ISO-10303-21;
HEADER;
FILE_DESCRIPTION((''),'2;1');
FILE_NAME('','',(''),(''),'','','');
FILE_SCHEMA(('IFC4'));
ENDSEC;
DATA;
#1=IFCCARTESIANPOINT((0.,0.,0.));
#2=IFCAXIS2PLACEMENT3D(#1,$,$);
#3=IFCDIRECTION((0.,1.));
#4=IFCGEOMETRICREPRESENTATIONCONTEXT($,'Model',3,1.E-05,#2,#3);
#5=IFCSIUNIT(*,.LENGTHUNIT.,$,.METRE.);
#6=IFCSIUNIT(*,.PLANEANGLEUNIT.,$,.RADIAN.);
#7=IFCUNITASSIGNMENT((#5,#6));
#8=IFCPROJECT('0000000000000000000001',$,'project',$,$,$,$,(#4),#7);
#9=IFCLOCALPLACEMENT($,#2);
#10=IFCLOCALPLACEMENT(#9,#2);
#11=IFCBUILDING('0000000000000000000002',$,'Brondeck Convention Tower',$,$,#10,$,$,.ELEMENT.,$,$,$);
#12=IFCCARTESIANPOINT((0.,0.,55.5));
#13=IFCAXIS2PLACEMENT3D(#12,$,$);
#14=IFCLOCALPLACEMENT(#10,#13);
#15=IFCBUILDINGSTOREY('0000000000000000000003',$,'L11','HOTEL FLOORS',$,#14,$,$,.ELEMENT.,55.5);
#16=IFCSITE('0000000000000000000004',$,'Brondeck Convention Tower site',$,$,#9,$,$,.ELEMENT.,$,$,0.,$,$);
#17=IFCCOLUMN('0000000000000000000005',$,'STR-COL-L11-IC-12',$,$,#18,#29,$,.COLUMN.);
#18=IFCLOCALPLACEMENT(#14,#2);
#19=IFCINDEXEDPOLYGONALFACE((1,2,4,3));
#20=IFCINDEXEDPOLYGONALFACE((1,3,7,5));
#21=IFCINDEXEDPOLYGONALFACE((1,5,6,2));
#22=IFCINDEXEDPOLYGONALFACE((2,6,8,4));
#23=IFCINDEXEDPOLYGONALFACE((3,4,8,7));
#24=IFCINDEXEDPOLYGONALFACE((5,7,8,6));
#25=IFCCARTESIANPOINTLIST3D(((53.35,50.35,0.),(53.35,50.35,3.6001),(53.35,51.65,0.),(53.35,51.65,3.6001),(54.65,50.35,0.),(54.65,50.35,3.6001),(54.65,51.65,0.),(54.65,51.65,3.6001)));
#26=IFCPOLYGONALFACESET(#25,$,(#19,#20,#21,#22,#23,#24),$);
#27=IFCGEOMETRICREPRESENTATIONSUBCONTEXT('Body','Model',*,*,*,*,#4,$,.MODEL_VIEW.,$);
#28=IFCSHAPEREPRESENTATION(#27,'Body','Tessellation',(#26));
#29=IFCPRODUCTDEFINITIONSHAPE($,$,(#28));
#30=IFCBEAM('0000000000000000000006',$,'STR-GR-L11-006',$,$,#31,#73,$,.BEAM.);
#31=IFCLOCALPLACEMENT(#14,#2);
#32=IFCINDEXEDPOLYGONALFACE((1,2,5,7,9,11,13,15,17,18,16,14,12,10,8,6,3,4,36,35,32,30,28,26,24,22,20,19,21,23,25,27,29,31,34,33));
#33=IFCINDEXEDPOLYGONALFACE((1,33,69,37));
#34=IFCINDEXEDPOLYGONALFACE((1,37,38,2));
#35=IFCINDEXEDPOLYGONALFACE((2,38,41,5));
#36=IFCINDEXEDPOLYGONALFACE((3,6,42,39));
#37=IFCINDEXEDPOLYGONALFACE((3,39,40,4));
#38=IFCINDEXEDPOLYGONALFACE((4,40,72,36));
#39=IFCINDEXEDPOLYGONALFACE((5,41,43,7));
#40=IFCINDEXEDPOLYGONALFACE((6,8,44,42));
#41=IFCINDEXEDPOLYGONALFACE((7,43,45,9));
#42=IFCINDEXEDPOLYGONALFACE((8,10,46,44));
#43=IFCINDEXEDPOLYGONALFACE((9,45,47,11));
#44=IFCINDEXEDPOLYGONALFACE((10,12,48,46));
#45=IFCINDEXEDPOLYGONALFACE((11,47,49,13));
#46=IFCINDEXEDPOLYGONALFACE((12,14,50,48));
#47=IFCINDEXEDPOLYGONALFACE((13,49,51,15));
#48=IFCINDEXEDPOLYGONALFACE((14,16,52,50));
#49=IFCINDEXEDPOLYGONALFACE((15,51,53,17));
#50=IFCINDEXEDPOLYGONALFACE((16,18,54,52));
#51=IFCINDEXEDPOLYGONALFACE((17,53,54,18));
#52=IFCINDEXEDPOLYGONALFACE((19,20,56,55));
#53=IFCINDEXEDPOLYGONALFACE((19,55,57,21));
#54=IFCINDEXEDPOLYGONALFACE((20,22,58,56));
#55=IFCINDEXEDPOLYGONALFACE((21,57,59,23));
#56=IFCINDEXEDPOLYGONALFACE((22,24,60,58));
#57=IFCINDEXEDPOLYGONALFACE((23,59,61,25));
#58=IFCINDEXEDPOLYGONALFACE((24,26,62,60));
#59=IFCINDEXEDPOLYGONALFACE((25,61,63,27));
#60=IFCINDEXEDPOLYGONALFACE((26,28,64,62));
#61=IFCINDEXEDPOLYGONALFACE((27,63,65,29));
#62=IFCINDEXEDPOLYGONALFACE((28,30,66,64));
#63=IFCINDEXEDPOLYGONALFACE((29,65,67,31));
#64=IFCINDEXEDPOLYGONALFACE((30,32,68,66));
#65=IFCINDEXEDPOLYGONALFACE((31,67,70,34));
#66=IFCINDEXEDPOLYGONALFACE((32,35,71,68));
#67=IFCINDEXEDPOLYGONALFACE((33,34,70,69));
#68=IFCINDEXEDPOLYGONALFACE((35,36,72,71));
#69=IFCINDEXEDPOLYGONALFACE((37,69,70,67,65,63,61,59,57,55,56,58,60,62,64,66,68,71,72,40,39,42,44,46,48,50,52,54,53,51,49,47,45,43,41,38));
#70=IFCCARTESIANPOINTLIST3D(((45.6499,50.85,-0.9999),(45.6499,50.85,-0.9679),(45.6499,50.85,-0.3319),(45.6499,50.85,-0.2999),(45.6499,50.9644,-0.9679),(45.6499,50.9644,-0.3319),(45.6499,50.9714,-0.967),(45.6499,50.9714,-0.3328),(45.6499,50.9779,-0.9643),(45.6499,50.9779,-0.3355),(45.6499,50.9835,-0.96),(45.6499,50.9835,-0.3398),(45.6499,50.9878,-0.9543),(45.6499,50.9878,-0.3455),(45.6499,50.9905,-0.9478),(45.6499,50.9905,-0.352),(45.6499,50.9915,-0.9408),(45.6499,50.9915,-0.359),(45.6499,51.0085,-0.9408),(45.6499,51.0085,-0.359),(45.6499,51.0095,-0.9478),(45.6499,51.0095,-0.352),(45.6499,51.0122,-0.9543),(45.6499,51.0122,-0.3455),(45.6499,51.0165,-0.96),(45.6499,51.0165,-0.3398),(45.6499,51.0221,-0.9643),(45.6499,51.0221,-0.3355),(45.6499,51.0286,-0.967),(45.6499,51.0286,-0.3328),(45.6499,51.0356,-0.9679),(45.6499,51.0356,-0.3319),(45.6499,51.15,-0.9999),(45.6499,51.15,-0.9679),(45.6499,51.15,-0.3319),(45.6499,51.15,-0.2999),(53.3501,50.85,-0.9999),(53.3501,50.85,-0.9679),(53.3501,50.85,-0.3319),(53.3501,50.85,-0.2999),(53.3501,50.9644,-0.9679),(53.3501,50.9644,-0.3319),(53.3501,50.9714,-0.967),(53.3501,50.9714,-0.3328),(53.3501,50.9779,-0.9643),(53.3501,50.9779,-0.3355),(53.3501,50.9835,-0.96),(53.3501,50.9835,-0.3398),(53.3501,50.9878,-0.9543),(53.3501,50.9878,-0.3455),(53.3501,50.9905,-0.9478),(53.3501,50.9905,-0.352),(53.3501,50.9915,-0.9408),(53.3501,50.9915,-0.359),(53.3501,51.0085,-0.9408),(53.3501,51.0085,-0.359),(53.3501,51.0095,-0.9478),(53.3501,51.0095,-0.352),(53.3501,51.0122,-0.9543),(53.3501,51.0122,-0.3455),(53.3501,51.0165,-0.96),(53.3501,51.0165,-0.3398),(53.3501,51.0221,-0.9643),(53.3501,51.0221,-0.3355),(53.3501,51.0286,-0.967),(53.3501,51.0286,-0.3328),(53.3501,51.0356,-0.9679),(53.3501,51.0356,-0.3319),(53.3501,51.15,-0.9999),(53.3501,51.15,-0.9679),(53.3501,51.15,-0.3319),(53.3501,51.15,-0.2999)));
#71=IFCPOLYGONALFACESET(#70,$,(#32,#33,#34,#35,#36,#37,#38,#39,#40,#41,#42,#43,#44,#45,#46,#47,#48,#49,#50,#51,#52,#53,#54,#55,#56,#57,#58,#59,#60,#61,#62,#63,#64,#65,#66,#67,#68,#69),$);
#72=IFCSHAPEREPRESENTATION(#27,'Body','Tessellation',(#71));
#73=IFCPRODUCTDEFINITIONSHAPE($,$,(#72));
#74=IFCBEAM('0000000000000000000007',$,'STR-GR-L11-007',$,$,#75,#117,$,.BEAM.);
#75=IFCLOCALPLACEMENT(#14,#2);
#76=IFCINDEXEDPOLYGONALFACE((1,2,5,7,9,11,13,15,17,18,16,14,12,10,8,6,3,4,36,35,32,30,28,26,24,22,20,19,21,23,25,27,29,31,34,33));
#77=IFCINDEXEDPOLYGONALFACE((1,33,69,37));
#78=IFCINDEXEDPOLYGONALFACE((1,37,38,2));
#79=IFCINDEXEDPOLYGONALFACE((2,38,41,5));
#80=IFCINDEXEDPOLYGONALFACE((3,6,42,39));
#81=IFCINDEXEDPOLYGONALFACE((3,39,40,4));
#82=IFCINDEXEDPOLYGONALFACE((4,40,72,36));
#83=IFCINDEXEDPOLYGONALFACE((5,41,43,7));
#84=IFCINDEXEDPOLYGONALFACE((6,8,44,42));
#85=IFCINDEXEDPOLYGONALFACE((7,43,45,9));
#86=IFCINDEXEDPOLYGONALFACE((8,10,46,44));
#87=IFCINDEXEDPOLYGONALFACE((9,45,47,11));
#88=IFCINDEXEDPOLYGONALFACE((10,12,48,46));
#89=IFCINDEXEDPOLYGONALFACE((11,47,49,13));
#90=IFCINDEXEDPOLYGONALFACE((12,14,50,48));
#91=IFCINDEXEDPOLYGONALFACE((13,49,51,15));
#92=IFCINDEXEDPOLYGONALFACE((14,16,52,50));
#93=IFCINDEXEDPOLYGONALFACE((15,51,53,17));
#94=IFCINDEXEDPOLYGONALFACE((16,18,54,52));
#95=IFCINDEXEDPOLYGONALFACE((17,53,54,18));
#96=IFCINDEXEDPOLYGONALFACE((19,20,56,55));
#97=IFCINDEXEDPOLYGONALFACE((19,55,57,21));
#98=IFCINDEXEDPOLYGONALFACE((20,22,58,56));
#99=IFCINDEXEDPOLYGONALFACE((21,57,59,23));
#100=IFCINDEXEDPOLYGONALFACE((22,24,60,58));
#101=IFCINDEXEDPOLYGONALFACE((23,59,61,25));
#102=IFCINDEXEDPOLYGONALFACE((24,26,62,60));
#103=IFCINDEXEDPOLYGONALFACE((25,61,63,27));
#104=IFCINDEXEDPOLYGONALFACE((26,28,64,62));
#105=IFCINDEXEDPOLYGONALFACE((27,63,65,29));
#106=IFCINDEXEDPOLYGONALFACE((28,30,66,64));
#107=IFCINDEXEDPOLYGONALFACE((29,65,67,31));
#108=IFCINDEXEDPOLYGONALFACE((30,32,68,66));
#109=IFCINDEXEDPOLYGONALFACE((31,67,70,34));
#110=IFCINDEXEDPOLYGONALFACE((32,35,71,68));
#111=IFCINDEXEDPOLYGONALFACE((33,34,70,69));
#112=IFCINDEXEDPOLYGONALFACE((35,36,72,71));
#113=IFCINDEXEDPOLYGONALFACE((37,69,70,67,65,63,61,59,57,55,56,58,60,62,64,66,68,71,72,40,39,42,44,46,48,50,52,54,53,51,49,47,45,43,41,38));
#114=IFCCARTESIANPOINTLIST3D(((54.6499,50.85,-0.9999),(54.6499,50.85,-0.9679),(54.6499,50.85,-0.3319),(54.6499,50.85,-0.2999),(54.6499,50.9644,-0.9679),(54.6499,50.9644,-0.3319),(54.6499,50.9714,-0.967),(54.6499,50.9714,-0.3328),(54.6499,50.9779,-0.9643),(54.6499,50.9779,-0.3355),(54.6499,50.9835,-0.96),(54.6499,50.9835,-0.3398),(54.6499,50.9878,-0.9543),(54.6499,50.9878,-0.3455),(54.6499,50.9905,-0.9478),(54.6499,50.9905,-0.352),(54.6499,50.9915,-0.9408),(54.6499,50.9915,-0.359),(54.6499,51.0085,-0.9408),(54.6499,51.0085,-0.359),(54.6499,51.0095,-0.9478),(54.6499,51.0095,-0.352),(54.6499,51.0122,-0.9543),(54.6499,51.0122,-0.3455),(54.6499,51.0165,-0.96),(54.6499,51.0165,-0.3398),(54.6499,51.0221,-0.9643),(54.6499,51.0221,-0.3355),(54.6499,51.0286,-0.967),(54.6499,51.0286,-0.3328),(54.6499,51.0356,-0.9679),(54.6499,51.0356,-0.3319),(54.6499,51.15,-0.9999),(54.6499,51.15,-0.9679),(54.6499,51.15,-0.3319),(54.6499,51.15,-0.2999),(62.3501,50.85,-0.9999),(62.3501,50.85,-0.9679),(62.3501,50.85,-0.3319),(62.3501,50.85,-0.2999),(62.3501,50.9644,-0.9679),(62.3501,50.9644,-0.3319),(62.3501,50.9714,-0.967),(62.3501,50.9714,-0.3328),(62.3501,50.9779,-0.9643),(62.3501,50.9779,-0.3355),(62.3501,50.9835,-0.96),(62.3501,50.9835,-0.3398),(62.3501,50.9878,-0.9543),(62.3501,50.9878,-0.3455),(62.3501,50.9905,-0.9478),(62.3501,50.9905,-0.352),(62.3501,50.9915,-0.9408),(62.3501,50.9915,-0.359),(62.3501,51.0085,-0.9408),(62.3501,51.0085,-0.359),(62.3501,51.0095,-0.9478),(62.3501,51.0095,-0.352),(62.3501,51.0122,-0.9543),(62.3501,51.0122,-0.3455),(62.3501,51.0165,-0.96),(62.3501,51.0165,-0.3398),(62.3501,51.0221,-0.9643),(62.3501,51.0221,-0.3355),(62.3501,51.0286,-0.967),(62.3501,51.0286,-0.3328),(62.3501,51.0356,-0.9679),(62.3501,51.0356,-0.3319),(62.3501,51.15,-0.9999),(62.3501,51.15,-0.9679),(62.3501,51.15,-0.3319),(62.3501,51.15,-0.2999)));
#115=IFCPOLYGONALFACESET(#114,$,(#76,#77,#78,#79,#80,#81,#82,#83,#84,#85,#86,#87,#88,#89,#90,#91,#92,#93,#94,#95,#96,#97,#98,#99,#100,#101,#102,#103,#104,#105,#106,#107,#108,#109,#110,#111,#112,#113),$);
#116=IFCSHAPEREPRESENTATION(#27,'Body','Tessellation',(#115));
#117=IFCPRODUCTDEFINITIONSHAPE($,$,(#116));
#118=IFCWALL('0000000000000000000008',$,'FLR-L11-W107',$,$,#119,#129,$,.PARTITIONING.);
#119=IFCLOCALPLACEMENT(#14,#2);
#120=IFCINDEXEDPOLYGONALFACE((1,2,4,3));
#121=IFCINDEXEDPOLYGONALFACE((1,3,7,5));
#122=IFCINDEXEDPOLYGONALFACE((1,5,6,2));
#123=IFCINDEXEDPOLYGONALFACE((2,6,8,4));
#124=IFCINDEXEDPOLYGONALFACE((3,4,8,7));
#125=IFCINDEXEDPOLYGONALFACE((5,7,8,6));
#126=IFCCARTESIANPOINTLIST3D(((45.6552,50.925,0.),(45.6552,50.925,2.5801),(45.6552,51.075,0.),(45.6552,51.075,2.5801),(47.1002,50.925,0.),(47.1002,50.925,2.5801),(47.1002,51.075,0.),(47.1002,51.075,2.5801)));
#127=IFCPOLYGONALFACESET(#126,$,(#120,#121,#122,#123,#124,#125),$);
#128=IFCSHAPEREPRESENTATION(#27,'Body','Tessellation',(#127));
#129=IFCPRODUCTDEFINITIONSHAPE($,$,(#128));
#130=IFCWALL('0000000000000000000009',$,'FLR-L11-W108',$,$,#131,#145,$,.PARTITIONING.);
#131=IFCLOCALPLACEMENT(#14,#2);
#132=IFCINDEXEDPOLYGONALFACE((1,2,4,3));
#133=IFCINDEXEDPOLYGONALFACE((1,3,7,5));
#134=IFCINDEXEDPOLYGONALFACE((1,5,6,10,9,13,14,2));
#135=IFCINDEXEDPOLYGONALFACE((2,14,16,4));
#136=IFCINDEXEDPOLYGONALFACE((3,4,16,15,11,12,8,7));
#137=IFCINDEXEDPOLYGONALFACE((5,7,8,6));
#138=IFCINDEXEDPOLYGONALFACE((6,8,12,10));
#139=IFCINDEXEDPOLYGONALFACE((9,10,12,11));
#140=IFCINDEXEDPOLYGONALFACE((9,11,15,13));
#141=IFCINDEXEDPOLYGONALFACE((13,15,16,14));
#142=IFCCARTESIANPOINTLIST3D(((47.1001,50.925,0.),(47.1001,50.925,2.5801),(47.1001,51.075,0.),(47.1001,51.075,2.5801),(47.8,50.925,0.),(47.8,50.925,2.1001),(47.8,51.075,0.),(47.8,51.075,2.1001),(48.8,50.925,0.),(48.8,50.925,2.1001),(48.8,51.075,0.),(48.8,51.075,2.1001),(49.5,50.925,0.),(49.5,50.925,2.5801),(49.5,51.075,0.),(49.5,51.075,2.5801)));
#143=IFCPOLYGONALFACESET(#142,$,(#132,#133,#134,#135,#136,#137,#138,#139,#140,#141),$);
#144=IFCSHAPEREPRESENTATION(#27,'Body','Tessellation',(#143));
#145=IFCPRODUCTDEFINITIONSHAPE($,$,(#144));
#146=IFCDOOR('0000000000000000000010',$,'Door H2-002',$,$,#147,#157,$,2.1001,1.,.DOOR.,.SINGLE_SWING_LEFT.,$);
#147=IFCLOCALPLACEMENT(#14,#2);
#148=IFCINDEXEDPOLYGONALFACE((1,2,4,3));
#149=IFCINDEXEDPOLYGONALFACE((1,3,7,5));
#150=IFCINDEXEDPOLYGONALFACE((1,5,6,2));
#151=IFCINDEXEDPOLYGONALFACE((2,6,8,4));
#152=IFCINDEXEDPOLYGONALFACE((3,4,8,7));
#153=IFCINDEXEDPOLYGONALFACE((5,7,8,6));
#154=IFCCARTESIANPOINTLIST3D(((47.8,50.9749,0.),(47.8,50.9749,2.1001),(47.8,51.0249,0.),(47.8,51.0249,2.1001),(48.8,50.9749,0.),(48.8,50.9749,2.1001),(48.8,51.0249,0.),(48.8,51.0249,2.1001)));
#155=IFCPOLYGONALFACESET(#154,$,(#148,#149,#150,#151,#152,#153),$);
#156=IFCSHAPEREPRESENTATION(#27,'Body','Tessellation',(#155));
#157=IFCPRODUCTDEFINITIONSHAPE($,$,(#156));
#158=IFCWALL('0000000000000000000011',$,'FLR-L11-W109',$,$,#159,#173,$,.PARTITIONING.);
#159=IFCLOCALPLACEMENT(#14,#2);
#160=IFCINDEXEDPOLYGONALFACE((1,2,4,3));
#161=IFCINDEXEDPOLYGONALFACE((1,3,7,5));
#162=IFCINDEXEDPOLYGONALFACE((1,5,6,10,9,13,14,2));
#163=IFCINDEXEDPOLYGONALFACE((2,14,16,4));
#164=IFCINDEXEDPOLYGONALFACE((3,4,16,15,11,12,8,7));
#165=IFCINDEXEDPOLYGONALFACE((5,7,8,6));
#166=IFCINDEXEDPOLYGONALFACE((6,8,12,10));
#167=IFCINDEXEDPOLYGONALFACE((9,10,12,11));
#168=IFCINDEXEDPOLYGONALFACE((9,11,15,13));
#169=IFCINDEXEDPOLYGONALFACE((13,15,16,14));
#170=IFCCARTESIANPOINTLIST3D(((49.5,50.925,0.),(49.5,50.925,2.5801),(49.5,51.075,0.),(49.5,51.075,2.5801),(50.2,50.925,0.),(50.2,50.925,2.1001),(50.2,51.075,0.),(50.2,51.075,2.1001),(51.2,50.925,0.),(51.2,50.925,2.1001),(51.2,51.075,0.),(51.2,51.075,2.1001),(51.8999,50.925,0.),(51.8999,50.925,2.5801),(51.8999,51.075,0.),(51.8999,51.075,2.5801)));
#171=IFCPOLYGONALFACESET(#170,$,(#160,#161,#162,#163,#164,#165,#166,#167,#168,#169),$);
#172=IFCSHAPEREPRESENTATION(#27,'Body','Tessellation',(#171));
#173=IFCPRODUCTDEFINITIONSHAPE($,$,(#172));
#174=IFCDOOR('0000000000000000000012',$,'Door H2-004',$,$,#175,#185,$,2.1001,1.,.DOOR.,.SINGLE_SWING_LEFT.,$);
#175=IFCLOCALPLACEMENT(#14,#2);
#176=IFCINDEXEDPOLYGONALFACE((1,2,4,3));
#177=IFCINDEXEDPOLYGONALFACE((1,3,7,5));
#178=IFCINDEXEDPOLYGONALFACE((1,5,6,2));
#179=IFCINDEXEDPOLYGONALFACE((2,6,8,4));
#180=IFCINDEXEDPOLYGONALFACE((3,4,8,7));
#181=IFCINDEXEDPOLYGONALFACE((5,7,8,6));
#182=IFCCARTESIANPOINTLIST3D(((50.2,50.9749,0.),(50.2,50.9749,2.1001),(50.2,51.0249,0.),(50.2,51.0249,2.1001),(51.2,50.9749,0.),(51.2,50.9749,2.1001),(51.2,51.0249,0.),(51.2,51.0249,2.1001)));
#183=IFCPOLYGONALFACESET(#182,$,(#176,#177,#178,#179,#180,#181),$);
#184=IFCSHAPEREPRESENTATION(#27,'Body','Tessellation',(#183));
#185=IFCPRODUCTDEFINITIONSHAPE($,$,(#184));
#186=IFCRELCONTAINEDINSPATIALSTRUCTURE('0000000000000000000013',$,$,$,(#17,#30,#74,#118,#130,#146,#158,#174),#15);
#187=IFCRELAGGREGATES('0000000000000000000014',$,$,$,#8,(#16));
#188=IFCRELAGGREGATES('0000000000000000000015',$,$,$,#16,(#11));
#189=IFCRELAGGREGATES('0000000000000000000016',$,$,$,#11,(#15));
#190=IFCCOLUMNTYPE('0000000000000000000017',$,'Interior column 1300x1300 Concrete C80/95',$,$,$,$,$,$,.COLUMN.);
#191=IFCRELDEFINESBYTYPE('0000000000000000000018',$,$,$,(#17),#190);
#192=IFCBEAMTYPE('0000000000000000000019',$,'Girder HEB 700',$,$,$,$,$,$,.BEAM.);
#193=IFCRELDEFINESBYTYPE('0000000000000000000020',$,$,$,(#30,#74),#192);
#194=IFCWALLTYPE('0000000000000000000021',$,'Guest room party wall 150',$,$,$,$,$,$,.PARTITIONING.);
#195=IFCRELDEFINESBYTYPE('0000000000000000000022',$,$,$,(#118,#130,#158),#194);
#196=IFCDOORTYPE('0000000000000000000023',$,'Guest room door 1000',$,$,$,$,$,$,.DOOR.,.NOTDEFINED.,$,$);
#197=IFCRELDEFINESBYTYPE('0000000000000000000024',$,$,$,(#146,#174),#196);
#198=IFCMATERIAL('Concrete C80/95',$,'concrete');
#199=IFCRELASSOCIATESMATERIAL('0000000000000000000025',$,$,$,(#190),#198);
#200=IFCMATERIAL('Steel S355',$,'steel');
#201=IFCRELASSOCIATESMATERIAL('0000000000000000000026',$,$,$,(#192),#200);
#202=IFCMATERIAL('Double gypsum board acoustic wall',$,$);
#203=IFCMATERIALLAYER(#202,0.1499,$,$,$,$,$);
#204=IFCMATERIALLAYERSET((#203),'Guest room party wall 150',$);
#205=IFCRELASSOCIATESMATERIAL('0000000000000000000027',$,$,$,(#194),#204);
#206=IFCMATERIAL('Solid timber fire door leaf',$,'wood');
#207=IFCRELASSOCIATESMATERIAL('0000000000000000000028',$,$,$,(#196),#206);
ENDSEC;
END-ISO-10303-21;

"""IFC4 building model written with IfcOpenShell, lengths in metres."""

from ifc_helpers import new_model, si_unit, direction, frame, frame_2d, origin, origin_2d, place, context, subcontext, project, spatial, rectangle, i_section, extrude, material, layer, layer_set, material_profile, profile_set, type_object, element, fill, save


model = new_model("IFC4")

# Units and contexts
model_context = context("Model", 3, precision=1e-05, world=origin(), true_north=direction((0.0, 1.0)))
body_context = subcontext(model_context, "Body", "Model", "MODEL_VIEW")
ifc_project = project(units=[si_unit("LENGTHUNIT", "METRE"), si_unit("PLANEANGLEUNIT", "RADIAN")], contexts=[model_context])

# Site, building, storey
site_placement = place(None, origin())
site = spatial("IfcSite", under=ifc_project, at=site_placement, Name="Brondeck Convention Tower site", CompositionType="ELEMENT", RefElevation=0.0)
building_placement = place(site_placement, origin())
building = spatial("IfcBuilding", under=site, at=building_placement, Name="Brondeck Convention Tower", CompositionType="ELEMENT")
storey_placement = place(building_placement, frame((0.0, 0.0, 55.5)))
storey = spatial("IfcBuildingStorey", under=building, at=storey_placement, Name="L11", Description="HOTEL FLOORS", CompositionType="ELEMENT", Elevation=55.5)

# Column
ifc_material_1 = material(Name="Concrete C80/95", Category="concrete")
ifc_material_profile_1 = material_profile(ifc_material_1, rectangle(XDim=1.3, YDim=1.3, at=origin_2d()), Name="Interior column 1300x1300 Concrete C80/95")
ifc_profile_set_1 = profile_set([ifc_material_profile_1], Name="Concrete C80/95")
column_type = type_object("IfcColumnType", Name="Interior column 1300x1300 Concrete C80/95", PredefinedType="COLUMN", material=ifc_profile_set_1)
column_placement = place(storey_placement, frame((54.0, 51.0, 0.0), z_axis=(0.0, 0.0, 1.0), x_axis=(1.0, 0.0, 0.0)))
element("IfcColumn", 1, at=column_placement, inside=storey, type_object=column_type, Name="STR-COL-L11-IC-12", PredefinedType="COLUMN", context=body_context, shape_type="SweptSolid", body=[
    extrude(rectangle(XDim=1.3, YDim=1.3, at=origin_2d()), origin(), (0.0, 0.0, 1.0), 3.6001),
])

# Beams
ifc_material_2 = material(Name="Steel S355", Category="steel")
ifc_material_profile_2 = material_profile(ifc_material_2, i_section(OverallWidth=0.3, OverallDepth=0.7, WebThickness=0.0171, FlangeThickness=0.032, FilletRadius=0.0271, at=origin_2d()), Name="HEB 700")
ifc_profile_set_2 = profile_set([ifc_material_profile_2], Name="Steel S355")
beam_type = type_object("IfcBeamType", Name="Girder HEB 700", PredefinedType="BEAM", material=ifc_profile_set_2)
for number, where, z_axis, x_axis, name in (
    (2, (45.6499, 51.0, -0.6499), (1.0, 0.0, 0.0), (0.0, 1.0, 0.0), "STR-GR-L11-006"),
    (3, (54.6499, 51.0, -0.6499), (1.0, 0.0, 0.0), (0.0, 1.0, 0.0), "STR-GR-L11-007"),
):
    element("IfcBeam", number, at=place(storey_placement, frame(where, z_axis=z_axis, x_axis=x_axis)), inside=storey, type_object=beam_type, Name=name, PredefinedType="BEAM", context=body_context, shape_type="SweptSolid", body=[
        extrude(i_section(OverallWidth=0.3, OverallDepth=0.7, WebThickness=0.0171, FlangeThickness=0.032, FilletRadius=0.0271, at=origin_2d()), origin(), (0.0, 0.0, 1.0), 7.7002),
    ])

# Wall
ifc_material_3 = material(Name="Double gypsum board acoustic wall")
ifc_layer_1 = layer(ifc_material_3, 0.1499)
ifc_layer_set_1 = layer_set([ifc_layer_1], Name="Guest room party wall 150")
wall_type_1 = type_object("IfcWallType", Name="Guest room party wall 150", PredefinedType="PARTITIONING", material=ifc_layer_set_1)
wall_1_placement = place(storey_placement, frame((45.655, 51.0, 0.0), z_axis=(0.0, 0.0, 1.0), x_axis=(1.0, 0.0, 0.0)))
element("IfcWall", 4, at=wall_1_placement, inside=storey, type_object=wall_type_1, Name="FLR-L11-W107", PredefinedType="PARTITIONING", context=body_context, shape_type="SweptSolid", body=[
    extrude(rectangle(XDim=1.4451, YDim=0.1499, at=frame_2d((0.7227, 0.0))), origin(), (0.0, 0.0, 1.0), 2.5801),
])

# Walls, openings, doors
wall_2_placement = place(storey_placement, frame((47.1001, 51.0, 0.0), z_axis=(0.0, 0.0, 1.0), x_axis=(1.0, 0.0, 0.0)))
wall_2 = element("IfcWall", 5, at=wall_2_placement, inside=storey, type_object=wall_type_1, Name="FLR-L11-W108", PredefinedType="PARTITIONING", context=body_context, shape_type="SweptSolid", body=[
    extrude(rectangle(XDim=2.3999, YDim=0.1499, at=frame_2d((1.2, 0.0))), origin(), (0.0, 0.0, 1.0), 2.5801),
])
opening_1_placement = place(wall_2_placement, frame((0.7, 0.0, 0.0)))
opening_1 = element("IfcOpeningElement", 6, at=opening_1_placement, cuts=wall_2, PredefinedType="OPENING", context=body_context, shape_type="SweptSolid", body=[
    extrude(rectangle(XDim=1.0, YDim=2.1001, at=frame_2d((0.5, 1.05))), frame((0.0, 0.085, 0.0), z_axis=(0.0, -1.0, 0.0), x_axis=(1.0, 0.0, 0.0)), (0.0, 0.0, 1.0), 0.1699),
])
ifc_material_4 = material(Name="Solid timber fire door leaf", Category="wood")
door_type = type_object("IfcDoorType", Name="Guest room door 1000", OperationType="NOTDEFINED", PredefinedType="DOOR", material=ifc_material_4)
door_1_placement = place(opening_1_placement, origin())
door_1 = element("IfcDoor", 7, at=door_1_placement, inside=storey, type_object=door_type, Name="Door H2-002", OperationType="SINGLE_SWING_LEFT", OverallHeight=2.1001, OverallWidth=1.0, PredefinedType="DOOR", context=body_context, shape_type="SweptSolid", body=[
    extrude(rectangle(XDim=1.0, YDim=2.1001, at=frame_2d((0.5, 1.05))), frame((0.0, 0.0249, 0.0), z_axis=(0.0, -1.0, 0.0), x_axis=(1.0, 0.0, 0.0)), (0.0, 0.0, 1.0), 0.05),
])
fill(opening_1, door_1)
wall_3_placement = place(storey_placement, frame((49.5, 51.0, 0.0), z_axis=(0.0, 0.0, 1.0), x_axis=(1.0, 0.0, 0.0)))
wall_3 = element("IfcWall", 8, at=wall_3_placement, inside=storey, type_object=wall_type_1, Name="FLR-L11-W109", PredefinedType="PARTITIONING", context=body_context, shape_type="SweptSolid", body=[
    extrude(rectangle(XDim=2.3999, YDim=0.1499, at=frame_2d((1.2, 0.0))), origin(), (0.0, 0.0, 1.0), 2.5801),
])
opening_2_placement = place(wall_3_placement, frame((0.7, 0.0, 0.0)))
opening_2 = element("IfcOpeningElement", 9, at=opening_2_placement, cuts=wall_3, PredefinedType="OPENING", context=body_context, shape_type="SweptSolid", body=[
    extrude(rectangle(XDim=1.0, YDim=2.1001, at=frame_2d((0.5, 1.05))), frame((0.0, 0.085, 0.0), z_axis=(0.0, -1.0, 0.0), x_axis=(1.0, 0.0, 0.0)), (0.0, 0.0, 1.0), 0.1699),
])
door_2_placement = place(opening_2_placement, origin())
door_2 = element("IfcDoor", 10, at=door_2_placement, inside=storey, type_object=door_type, Name="Door H2-004", OperationType="SINGLE_SWING_LEFT", OverallHeight=2.1001, OverallWidth=1.0, PredefinedType="DOOR", context=body_context, shape_type="SweptSolid", body=[
    extrude(rectangle(XDim=1.0, YDim=2.1001, at=frame_2d((0.5, 1.05))), frame((0.0, 0.0249, 0.0), z_axis=(0.0, -1.0, 0.0), x_axis=(1.0, 0.0, 0.0)), (0.0, 0.0, 1.0), 0.05),
])
fill(opening_2, door_2)

save(model, "model.ifc")
